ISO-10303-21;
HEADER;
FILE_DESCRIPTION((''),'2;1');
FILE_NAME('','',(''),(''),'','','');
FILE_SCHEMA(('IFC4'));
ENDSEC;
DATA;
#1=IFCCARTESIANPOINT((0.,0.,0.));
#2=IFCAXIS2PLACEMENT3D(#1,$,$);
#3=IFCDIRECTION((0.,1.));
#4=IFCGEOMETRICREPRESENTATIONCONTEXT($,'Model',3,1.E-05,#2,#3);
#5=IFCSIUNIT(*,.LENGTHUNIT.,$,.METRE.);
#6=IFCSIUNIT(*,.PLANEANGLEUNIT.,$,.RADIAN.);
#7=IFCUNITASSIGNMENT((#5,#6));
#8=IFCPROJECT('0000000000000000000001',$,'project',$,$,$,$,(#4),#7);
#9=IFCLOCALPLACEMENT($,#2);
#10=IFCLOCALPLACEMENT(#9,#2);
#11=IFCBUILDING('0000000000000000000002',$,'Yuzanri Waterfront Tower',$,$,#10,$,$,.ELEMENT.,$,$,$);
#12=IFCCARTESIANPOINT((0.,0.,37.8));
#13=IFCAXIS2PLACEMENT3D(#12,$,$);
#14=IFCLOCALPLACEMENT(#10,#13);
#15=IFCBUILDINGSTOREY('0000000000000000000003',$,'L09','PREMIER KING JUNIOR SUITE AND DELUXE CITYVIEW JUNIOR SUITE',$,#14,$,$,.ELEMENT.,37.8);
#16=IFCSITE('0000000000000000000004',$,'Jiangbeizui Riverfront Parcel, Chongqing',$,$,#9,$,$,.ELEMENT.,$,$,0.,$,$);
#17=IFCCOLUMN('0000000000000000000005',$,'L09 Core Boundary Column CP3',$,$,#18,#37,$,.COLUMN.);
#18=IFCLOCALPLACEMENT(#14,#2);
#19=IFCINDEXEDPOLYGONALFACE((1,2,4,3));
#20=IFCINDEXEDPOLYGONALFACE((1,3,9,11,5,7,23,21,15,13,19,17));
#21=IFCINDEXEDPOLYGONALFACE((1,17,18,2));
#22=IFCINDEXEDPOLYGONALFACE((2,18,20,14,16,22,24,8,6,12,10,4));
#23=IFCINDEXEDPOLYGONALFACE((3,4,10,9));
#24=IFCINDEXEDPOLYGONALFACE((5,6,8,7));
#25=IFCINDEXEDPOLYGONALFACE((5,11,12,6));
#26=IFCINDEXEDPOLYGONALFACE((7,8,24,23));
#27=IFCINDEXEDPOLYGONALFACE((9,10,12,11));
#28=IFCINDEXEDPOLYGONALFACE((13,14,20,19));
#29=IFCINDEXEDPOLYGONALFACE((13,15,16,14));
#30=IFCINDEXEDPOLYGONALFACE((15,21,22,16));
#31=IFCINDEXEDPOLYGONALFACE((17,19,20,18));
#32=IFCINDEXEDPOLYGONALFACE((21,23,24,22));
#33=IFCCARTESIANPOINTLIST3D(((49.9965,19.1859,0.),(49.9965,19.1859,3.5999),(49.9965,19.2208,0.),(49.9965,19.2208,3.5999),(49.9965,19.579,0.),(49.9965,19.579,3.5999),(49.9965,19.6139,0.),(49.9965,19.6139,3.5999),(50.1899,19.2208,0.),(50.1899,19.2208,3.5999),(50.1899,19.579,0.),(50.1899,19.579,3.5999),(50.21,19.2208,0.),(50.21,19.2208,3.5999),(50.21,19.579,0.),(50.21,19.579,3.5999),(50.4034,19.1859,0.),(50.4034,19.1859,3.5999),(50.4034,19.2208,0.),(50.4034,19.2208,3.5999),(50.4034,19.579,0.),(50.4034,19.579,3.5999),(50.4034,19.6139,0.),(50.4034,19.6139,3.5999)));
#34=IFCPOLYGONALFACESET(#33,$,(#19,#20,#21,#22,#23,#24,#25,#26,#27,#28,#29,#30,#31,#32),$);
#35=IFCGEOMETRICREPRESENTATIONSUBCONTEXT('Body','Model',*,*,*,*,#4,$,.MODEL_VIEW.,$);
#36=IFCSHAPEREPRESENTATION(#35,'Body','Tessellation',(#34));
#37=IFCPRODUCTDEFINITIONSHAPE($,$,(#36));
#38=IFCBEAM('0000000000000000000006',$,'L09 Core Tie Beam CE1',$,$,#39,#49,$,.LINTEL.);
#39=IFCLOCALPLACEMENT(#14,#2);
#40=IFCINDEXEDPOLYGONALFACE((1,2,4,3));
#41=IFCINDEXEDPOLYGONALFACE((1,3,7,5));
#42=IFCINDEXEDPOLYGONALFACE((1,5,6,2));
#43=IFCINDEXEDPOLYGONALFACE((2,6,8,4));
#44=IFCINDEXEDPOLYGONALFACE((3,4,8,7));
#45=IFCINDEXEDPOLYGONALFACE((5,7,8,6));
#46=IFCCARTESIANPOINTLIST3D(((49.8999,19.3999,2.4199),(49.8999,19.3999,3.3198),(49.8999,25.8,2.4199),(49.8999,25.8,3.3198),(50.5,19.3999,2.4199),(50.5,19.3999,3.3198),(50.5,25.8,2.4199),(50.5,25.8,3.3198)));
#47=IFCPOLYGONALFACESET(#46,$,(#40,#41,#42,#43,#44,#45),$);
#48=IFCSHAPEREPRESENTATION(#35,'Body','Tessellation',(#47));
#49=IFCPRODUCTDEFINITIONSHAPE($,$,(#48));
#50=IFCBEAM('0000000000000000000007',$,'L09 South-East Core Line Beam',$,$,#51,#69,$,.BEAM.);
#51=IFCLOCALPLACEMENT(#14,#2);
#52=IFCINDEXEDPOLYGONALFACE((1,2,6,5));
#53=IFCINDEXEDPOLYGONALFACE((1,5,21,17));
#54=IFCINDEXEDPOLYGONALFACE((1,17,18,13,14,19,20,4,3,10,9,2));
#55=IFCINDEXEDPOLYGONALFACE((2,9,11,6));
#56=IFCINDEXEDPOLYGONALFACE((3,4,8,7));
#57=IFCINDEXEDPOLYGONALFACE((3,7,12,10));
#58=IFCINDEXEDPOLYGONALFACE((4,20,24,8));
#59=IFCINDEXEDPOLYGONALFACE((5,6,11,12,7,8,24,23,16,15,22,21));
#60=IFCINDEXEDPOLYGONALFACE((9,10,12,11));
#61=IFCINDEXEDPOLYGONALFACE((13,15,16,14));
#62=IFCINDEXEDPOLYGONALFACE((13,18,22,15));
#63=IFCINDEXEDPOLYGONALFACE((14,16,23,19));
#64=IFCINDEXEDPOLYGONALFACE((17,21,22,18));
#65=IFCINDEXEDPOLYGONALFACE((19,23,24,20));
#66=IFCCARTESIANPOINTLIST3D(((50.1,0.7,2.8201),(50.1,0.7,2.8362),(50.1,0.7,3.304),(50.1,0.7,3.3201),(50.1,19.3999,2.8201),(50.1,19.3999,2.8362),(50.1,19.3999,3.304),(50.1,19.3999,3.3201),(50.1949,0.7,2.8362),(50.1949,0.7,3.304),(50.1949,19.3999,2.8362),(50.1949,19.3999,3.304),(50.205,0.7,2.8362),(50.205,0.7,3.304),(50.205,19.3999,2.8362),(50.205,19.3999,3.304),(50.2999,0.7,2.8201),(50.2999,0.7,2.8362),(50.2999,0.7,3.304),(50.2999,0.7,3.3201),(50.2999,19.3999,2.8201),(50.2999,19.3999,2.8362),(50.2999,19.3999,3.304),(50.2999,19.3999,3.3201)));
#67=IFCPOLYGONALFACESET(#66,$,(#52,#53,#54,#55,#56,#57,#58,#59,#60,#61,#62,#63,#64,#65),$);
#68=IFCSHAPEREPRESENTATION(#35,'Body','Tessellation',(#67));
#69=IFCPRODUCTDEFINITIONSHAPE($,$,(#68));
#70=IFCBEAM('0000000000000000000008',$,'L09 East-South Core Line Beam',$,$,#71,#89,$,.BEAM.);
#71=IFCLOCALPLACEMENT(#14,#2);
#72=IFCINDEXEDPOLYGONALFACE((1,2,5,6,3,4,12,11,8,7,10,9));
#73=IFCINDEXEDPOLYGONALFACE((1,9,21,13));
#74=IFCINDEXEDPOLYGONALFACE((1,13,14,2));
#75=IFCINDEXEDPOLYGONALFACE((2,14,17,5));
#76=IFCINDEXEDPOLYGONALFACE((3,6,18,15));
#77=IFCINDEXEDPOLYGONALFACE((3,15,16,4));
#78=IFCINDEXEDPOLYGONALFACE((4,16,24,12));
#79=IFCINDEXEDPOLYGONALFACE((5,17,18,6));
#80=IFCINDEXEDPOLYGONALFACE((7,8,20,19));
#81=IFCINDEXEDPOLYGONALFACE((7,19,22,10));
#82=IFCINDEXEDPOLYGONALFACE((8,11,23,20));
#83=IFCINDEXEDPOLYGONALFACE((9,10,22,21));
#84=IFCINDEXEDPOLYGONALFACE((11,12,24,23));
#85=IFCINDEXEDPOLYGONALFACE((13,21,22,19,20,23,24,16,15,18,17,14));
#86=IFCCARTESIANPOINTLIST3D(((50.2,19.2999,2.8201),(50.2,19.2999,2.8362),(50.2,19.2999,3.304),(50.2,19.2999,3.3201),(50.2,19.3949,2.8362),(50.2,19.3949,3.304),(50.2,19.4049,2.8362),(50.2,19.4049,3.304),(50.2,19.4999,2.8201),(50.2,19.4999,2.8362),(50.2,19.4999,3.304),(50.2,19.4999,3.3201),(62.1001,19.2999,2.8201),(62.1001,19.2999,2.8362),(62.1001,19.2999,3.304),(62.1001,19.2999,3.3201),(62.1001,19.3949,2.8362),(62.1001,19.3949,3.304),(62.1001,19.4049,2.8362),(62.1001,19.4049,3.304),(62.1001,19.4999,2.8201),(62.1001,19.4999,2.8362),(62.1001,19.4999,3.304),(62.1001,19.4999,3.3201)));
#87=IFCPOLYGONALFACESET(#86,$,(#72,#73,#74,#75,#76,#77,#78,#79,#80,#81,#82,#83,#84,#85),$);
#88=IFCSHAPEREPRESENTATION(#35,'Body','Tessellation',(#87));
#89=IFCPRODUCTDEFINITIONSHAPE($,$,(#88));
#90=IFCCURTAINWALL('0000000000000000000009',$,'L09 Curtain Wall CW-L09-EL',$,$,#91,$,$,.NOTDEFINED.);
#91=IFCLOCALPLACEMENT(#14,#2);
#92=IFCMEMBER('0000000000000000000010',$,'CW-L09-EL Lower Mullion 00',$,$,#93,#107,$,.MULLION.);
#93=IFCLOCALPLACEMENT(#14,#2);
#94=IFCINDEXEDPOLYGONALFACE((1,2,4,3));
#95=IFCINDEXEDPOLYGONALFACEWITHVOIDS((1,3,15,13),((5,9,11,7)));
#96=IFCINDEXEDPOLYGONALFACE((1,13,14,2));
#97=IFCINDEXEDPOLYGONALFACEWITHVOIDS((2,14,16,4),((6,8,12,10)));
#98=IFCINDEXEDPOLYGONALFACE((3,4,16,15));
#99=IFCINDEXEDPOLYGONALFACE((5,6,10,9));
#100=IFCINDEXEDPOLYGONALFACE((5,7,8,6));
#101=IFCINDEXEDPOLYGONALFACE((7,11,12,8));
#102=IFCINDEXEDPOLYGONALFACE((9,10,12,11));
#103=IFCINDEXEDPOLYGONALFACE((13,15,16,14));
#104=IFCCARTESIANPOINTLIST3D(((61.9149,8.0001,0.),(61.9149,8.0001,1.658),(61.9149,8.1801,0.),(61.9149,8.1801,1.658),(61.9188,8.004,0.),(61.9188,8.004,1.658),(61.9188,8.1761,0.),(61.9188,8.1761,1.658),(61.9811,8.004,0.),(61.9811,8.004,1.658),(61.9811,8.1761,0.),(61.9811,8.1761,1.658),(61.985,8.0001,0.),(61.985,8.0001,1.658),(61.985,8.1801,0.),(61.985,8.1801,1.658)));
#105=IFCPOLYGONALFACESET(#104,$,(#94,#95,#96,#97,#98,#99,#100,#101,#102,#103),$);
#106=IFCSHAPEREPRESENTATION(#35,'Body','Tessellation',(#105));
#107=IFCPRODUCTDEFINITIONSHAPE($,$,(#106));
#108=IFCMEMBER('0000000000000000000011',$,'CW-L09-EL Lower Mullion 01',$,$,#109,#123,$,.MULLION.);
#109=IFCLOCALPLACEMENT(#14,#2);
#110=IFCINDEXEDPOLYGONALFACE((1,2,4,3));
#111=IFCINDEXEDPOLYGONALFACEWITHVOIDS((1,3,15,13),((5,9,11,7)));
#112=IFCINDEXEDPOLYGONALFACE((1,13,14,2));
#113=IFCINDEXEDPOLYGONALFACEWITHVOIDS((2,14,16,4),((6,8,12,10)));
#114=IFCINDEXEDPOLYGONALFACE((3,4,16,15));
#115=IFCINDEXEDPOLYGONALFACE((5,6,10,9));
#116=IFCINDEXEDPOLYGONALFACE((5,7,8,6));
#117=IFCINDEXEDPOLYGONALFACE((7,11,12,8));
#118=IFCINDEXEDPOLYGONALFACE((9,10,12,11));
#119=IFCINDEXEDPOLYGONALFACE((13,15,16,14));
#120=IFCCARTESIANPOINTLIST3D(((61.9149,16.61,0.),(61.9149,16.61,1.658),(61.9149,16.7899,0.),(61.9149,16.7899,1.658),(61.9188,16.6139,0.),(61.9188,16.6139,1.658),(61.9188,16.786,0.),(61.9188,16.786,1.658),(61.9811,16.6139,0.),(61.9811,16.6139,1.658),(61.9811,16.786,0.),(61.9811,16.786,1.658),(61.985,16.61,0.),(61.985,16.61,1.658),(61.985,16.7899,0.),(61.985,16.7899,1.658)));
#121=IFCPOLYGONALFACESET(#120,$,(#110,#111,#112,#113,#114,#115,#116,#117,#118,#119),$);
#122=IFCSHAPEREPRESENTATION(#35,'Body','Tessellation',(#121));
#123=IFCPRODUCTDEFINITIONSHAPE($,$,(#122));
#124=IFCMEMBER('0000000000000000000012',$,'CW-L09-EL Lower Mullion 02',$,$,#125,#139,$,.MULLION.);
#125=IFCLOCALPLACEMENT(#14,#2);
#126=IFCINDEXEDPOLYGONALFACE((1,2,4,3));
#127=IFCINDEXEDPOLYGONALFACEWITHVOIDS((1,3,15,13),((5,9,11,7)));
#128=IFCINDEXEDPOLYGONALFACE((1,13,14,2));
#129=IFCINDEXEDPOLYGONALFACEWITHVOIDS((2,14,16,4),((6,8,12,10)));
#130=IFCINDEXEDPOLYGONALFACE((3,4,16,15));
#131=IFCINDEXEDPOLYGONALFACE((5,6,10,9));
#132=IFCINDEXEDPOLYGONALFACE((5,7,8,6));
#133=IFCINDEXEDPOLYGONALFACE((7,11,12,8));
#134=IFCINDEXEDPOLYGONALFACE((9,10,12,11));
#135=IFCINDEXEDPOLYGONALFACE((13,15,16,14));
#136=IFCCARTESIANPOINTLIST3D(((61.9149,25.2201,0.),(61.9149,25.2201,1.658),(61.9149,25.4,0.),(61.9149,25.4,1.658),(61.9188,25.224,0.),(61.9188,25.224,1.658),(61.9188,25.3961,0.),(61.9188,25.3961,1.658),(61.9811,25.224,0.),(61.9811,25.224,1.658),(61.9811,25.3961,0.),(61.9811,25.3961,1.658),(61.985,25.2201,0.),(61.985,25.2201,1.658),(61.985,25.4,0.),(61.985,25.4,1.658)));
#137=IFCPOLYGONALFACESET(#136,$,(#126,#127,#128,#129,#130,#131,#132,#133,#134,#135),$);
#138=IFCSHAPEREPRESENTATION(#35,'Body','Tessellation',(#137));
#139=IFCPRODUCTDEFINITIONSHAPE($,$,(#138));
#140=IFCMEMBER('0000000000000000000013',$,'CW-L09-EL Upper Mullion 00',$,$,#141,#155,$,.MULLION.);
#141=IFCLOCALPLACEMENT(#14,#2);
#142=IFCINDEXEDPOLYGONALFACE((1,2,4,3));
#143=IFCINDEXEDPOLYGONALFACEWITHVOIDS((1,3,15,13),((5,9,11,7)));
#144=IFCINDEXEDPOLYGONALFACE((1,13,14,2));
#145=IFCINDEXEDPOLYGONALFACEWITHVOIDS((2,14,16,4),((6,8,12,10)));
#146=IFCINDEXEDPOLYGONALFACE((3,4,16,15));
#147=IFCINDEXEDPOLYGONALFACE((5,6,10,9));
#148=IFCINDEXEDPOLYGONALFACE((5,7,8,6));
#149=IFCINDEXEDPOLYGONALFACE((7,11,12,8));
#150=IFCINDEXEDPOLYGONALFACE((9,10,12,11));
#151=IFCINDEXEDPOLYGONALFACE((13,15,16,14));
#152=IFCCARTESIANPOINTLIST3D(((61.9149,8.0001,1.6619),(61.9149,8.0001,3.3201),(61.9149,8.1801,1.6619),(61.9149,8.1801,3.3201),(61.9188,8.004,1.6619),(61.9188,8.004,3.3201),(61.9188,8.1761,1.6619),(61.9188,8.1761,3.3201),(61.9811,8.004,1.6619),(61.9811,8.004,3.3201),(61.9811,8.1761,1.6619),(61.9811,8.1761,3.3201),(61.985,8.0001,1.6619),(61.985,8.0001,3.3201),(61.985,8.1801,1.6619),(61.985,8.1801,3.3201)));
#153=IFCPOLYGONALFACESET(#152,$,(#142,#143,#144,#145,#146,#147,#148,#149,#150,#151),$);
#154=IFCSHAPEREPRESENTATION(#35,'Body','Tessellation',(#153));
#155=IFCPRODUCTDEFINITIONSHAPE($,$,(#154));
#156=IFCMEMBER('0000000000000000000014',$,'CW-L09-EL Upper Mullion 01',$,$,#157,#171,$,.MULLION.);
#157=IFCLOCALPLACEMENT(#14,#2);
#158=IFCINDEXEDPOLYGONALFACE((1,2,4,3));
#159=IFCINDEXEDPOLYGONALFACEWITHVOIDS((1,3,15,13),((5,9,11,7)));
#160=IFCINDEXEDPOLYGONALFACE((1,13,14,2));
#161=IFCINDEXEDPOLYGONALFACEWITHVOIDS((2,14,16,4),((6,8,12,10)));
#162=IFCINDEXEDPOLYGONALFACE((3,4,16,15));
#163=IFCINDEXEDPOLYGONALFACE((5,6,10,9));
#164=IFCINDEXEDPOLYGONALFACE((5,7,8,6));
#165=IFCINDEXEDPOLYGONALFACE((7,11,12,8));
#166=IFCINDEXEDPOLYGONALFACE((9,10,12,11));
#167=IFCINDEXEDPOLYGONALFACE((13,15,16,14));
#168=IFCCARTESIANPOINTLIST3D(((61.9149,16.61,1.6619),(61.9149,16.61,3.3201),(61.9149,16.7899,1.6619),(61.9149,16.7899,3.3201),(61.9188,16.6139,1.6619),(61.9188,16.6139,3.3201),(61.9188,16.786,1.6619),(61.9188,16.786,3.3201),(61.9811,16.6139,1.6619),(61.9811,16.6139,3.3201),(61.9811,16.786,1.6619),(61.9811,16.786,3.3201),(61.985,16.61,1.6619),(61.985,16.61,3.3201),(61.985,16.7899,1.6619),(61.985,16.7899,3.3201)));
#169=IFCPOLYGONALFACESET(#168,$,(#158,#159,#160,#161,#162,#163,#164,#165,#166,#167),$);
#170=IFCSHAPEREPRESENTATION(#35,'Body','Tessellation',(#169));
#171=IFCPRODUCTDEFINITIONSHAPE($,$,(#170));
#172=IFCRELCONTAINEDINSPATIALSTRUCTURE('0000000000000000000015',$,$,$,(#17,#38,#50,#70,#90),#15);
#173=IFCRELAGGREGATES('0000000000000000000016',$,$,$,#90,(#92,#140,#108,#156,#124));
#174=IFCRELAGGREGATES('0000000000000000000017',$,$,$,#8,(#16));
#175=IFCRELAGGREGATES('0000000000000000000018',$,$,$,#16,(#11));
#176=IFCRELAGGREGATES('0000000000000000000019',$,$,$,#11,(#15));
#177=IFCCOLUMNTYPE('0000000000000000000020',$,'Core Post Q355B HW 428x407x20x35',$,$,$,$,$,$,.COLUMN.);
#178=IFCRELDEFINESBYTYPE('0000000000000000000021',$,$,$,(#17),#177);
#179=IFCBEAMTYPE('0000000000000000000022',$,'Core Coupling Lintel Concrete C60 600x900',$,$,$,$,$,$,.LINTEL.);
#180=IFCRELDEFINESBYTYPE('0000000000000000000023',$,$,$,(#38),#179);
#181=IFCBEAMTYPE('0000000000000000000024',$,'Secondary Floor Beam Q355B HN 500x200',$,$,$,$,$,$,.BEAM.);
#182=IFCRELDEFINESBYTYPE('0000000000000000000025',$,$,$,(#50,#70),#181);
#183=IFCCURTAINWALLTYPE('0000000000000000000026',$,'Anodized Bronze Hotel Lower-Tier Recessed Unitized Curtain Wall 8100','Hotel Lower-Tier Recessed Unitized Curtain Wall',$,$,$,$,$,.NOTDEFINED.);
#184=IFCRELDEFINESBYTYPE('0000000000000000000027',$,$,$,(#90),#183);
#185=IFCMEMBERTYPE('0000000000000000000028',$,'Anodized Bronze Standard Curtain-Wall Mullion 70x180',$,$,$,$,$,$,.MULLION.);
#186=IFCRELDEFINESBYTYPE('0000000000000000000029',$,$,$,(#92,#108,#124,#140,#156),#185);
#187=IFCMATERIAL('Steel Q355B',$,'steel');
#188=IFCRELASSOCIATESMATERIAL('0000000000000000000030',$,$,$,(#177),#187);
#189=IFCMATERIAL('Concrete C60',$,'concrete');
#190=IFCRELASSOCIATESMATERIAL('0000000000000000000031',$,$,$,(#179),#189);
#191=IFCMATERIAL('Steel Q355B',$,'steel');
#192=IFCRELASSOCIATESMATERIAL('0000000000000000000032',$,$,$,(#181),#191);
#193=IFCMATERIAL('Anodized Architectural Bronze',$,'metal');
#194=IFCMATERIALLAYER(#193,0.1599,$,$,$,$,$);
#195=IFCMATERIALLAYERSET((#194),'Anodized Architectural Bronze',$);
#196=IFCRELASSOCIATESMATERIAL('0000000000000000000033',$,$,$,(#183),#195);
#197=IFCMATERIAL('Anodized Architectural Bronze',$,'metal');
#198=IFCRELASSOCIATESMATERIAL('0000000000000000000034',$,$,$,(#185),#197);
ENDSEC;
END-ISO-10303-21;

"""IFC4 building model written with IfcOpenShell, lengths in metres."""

from ifc_helpers import new_model, si_unit, direction, frame, origin, origin_2d, place, context, subcontext, project, spatial, rectangle, hollow_rectangle, i_section, extrude, source, transform, mapped, material, layer, layer_set, material_profile, profile_set, type_object, element, aggregate, save


model = new_model("IFC4")

# Units and contexts
model_context = context("Model", 3, precision=1e-05, world=origin(), true_north=direction((0.0, 1.0)))
body_context = subcontext(model_context, "Body", "Model", "MODEL_VIEW")
ifc_project = project(units=[si_unit("LENGTHUNIT", "METRE"), si_unit("PLANEANGLEUNIT", "RADIAN")], contexts=[model_context])

# Site, building, storey
site_placement = place(None, origin())
site = spatial("IfcSite", under=ifc_project, at=site_placement, Name="Jiangbeizui Riverfront Parcel, Chongqing", CompositionType="ELEMENT", RefElevation=0.0)
building_placement = place(site_placement, origin())
building = spatial("IfcBuilding", under=site, at=building_placement, Name="Yuzanri Waterfront Tower", CompositionType="ELEMENT")
storey_placement = place(building_placement, frame((0.0, 0.0, 37.8)))
storey = spatial("IfcBuildingStorey", under=building, at=storey_placement, Name="L09", Description="PREMIER KING JUNIOR SUITE AND DELUXE CITYVIEW JUNIOR SUITE", CompositionType="ELEMENT", Elevation=37.8)

# Column
ifc_material_1 = material(Name="Steel Q355B", Category="steel")
ifc_material_profile_1 = material_profile(ifc_material_1, i_section(OverallWidth=0.407, OverallDepth=0.428, WebThickness=0.02, FlangeThickness=0.0349, at=origin_2d()), Name="HW 428x407x20x35")
ifc_profile_set_1 = profile_set([ifc_material_profile_1], Name="Steel Q355B")
column_type = type_object("IfcColumnType", Name="Core Post Q355B HW 428x407x20x35", PredefinedType="COLUMN", material=ifc_profile_set_1)
shared_shape_1 = source(origin(), body_context, "Body", "SweptSolid", [
    extrude(i_section(OverallWidth=0.407, OverallDepth=0.428, WebThickness=0.02, FlangeThickness=0.0349, at=origin_2d()), origin(), (0.0, 0.0, 1.0), 3.5999),
])
column_placement = place(storey_placement, frame((50.2, 19.3999, 0.0), z_axis=(0.0, 0.0, 1.0), x_axis=(1.0, 0.0, 0.0)))
element("IfcColumn", 1, at=column_placement, inside=storey, type_object=column_type, Name="L09 Core Boundary Column CP3", PredefinedType="COLUMN", context=body_context, shape_type="MappedRepresentation", body=[
    mapped(shared_shape_1, transform((0.0, 0.0, 0.0), scale=1.0)),
])

# Beams
ifc_material_2 = material(Name="Concrete C60", Category="concrete")
ifc_material_profile_2 = material_profile(ifc_material_2, rectangle(XDim=0.6001, YDim=0.8999, at=origin_2d()), Name="RC 600x900")
ifc_profile_set_2 = profile_set([ifc_material_profile_2], Name="Concrete C60")
beam_type_1 = type_object("IfcBeamType", Name="Core Coupling Lintel Concrete C60 600x900", PredefinedType="LINTEL", material=ifc_profile_set_2)
shared_shape_2 = source(origin(), body_context, "Body", "SweptSolid", [
    extrude(rectangle(XDim=0.6001, YDim=0.8999, at=origin_2d()), origin(), (0.0, 0.0, 1.0), 6.4001),
])
beam_1_placement = place(storey_placement, frame((50.2, 19.3999, 2.8699), z_axis=(0.0, 1.0, 0.0), x_axis=(-1.0, 0.0, 0.0)))
element("IfcBeam", 2, at=beam_1_placement, inside=storey, type_object=beam_type_1, Name="L09 Core Tie Beam CE1", PredefinedType="LINTEL", context=body_context, shape_type="MappedRepresentation", body=[
    mapped(shared_shape_2, transform((0.0, 0.0, 0.0), scale=1.0)),
])
ifc_material_3 = material(Name="Steel Q355B", Category="steel")
ifc_material_profile_3 = material_profile(ifc_material_3, i_section(OverallWidth=0.2, OverallDepth=0.5, WebThickness=0.01, FlangeThickness=0.0161, at=origin_2d()), Name="HN 500x200x10x16")
ifc_profile_set_3 = profile_set([ifc_material_profile_3], Name="Steel Q355B")
beam_type_2 = type_object("IfcBeamType", Name="Secondary Floor Beam Q355B HN 500x200", PredefinedType="BEAM", material=ifc_profile_set_3)
shared_shape_3 = source(origin(), body_context, "Body", "SweptSolid", [
    extrude(i_section(OverallWidth=0.2, OverallDepth=0.5, WebThickness=0.01, FlangeThickness=0.0161, at=origin_2d()), origin(), (0.0, 0.0, 1.0), 18.7),
])
beam_2_placement = place(storey_placement, frame((50.2, 19.3999, 3.0701), z_axis=(0.0, -1.0, 0.0), x_axis=(1.0, 0.0, 0.0)))
element("IfcBeam", 3, at=beam_2_placement, inside=storey, type_object=beam_type_2, Name="L09 South-East Core Line Beam", PredefinedType="BEAM", context=body_context, shape_type="MappedRepresentation", body=[
    mapped(shared_shape_3, transform((0.0, 0.0, 0.0), scale=1.0)),
])
shared_shape_4 = source(origin(), body_context, "Body", "SweptSolid", [
    extrude(i_section(OverallWidth=0.2, OverallDepth=0.5, WebThickness=0.01, FlangeThickness=0.0161, at=origin_2d()), origin(), (0.0, 0.0, 1.0), 11.9001),
])
beam_3_placement = place(storey_placement, frame((50.2, 19.3999, 3.0701), z_axis=(1.0, 0.0, 0.0), x_axis=(0.0, 1.0, 0.0)))
element("IfcBeam", 4, at=beam_3_placement, inside=storey, type_object=beam_type_2, Name="L09 East-South Core Line Beam", PredefinedType="BEAM", context=body_context, shape_type="MappedRepresentation", body=[
    mapped(shared_shape_4, transform((0.0, 0.0, 0.0), scale=1.0)),
])

# Curtain wall, members
ifc_material_4 = material(Name="Anodized Architectural Bronze", Category="metal")
ifc_layer_1 = layer(ifc_material_4, 0.1599)
ifc_layer_set_1 = layer_set([ifc_layer_1], Name="Anodized Architectural Bronze")
curtain_wall_type = type_object("IfcCurtainWallType", Name="Anodized Bronze Hotel Lower-Tier Recessed Unitized Curtain Wall 8100", Description="Hotel Lower-Tier Recessed Unitized Curtain Wall", PredefinedType="NOTDEFINED", material=ifc_layer_set_1)
curtain_wall_placement = place(storey_placement, origin())
curtain_wall = element("IfcCurtainWall", 5, at=curtain_wall_placement, inside=storey, type_object=curtain_wall_type, Name="L09 Curtain Wall CW-L09-EL", PredefinedType="NOTDEFINED")
ifc_material_5 = material(Name="Anodized Architectural Bronze", Category="metal")
ifc_material_profile_4 = material_profile(ifc_material_5, hollow_rectangle(XDim=0.0701, YDim=0.1799, WallThickness=0.0039, at=origin_2d()), Name="CWM 70x180")
ifc_profile_set_4 = profile_set([ifc_material_profile_4], Name="Anodized Architectural Bronze")
member_type = type_object("IfcMemberType", Name="Anodized Bronze Standard Curtain-Wall Mullion 70x180", PredefinedType="MULLION", material=ifc_profile_set_4)
shared_shape_5 = source(origin(), body_context, "Body", "SweptSolid", [
    extrude(hollow_rectangle(XDim=0.0701, YDim=0.1799, WallThickness=0.0039, at=origin_2d()), origin(), (0.0, 0.0, 1.0), 1.658),
])
member_1_placement = place(storey_placement, frame((61.95, 8.0901, 0.0), z_axis=(0.0, 0.0, 1.0), x_axis=(1.0, 0.0, 0.0)))
member_1 = element("IfcMember", 6, at=member_1_placement, type_object=member_type, Name="CW-L09-EL Lower Mullion 00", PredefinedType="MULLION", context=body_context, shape_type="MappedRepresentation", body=[
    mapped(shared_shape_5, transform((0.0, 0.0, 0.0), scale=1.0)),
])
member_2_placement = place(storey_placement, frame((61.95, 16.7, 0.0), z_axis=(0.0, 0.0, 1.0), x_axis=(1.0, 0.0, 0.0)))
member_2 = element("IfcMember", 7, at=member_2_placement, type_object=member_type, Name="CW-L09-EL Lower Mullion 01", PredefinedType="MULLION", context=body_context, shape_type="MappedRepresentation", body=[
    mapped(shared_shape_5, transform((0.0, 0.0, 0.0), scale=1.0)),
])
member_3_placement = place(storey_placement, frame((61.95, 25.3101, 0.0), z_axis=(0.0, 0.0, 1.0), x_axis=(1.0, 0.0, 0.0)))
member_3 = element("IfcMember", 8, at=member_3_placement, type_object=member_type, Name="CW-L09-EL Lower Mullion 02", PredefinedType="MULLION", context=body_context, shape_type="MappedRepresentation", body=[
    mapped(shared_shape_5, transform((0.0, 0.0, 0.0), scale=1.0)),
])
shared_shape_6 = source(origin(), body_context, "Body", "SweptSolid", [
    extrude(hollow_rectangle(XDim=0.0701, YDim=0.1799, WallThickness=0.0039, at=origin_2d()), origin(), (0.0, 0.0, 1.0), 1.6582),
])
member_4_placement = place(storey_placement, frame((61.95, 8.0901, 1.6619), z_axis=(0.0, 0.0, 1.0), x_axis=(1.0, 0.0, 0.0)))
member_4 = element("IfcMember", 9, at=member_4_placement, type_object=member_type, Name="CW-L09-EL Upper Mullion 00", PredefinedType="MULLION", context=body_context, shape_type="MappedRepresentation", body=[
    mapped(shared_shape_6, transform((0.0, 0.0, 0.0), scale=1.0)),
])
member_5_placement = place(storey_placement, frame((61.95, 16.7, 1.6619), z_axis=(0.0, 0.0, 1.0), x_axis=(1.0, 0.0, 0.0)))
member_5 = element("IfcMember", 10, at=member_5_placement, type_object=member_type, Name="CW-L09-EL Upper Mullion 01", PredefinedType="MULLION", context=body_context, shape_type="MappedRepresentation", body=[
    mapped(shared_shape_6, transform((0.0, 0.0, 0.0), scale=1.0)),
])
aggregate(curtain_wall, [member_1, member_4, member_2, member_5, member_3])

save(model, "model.ifc")
